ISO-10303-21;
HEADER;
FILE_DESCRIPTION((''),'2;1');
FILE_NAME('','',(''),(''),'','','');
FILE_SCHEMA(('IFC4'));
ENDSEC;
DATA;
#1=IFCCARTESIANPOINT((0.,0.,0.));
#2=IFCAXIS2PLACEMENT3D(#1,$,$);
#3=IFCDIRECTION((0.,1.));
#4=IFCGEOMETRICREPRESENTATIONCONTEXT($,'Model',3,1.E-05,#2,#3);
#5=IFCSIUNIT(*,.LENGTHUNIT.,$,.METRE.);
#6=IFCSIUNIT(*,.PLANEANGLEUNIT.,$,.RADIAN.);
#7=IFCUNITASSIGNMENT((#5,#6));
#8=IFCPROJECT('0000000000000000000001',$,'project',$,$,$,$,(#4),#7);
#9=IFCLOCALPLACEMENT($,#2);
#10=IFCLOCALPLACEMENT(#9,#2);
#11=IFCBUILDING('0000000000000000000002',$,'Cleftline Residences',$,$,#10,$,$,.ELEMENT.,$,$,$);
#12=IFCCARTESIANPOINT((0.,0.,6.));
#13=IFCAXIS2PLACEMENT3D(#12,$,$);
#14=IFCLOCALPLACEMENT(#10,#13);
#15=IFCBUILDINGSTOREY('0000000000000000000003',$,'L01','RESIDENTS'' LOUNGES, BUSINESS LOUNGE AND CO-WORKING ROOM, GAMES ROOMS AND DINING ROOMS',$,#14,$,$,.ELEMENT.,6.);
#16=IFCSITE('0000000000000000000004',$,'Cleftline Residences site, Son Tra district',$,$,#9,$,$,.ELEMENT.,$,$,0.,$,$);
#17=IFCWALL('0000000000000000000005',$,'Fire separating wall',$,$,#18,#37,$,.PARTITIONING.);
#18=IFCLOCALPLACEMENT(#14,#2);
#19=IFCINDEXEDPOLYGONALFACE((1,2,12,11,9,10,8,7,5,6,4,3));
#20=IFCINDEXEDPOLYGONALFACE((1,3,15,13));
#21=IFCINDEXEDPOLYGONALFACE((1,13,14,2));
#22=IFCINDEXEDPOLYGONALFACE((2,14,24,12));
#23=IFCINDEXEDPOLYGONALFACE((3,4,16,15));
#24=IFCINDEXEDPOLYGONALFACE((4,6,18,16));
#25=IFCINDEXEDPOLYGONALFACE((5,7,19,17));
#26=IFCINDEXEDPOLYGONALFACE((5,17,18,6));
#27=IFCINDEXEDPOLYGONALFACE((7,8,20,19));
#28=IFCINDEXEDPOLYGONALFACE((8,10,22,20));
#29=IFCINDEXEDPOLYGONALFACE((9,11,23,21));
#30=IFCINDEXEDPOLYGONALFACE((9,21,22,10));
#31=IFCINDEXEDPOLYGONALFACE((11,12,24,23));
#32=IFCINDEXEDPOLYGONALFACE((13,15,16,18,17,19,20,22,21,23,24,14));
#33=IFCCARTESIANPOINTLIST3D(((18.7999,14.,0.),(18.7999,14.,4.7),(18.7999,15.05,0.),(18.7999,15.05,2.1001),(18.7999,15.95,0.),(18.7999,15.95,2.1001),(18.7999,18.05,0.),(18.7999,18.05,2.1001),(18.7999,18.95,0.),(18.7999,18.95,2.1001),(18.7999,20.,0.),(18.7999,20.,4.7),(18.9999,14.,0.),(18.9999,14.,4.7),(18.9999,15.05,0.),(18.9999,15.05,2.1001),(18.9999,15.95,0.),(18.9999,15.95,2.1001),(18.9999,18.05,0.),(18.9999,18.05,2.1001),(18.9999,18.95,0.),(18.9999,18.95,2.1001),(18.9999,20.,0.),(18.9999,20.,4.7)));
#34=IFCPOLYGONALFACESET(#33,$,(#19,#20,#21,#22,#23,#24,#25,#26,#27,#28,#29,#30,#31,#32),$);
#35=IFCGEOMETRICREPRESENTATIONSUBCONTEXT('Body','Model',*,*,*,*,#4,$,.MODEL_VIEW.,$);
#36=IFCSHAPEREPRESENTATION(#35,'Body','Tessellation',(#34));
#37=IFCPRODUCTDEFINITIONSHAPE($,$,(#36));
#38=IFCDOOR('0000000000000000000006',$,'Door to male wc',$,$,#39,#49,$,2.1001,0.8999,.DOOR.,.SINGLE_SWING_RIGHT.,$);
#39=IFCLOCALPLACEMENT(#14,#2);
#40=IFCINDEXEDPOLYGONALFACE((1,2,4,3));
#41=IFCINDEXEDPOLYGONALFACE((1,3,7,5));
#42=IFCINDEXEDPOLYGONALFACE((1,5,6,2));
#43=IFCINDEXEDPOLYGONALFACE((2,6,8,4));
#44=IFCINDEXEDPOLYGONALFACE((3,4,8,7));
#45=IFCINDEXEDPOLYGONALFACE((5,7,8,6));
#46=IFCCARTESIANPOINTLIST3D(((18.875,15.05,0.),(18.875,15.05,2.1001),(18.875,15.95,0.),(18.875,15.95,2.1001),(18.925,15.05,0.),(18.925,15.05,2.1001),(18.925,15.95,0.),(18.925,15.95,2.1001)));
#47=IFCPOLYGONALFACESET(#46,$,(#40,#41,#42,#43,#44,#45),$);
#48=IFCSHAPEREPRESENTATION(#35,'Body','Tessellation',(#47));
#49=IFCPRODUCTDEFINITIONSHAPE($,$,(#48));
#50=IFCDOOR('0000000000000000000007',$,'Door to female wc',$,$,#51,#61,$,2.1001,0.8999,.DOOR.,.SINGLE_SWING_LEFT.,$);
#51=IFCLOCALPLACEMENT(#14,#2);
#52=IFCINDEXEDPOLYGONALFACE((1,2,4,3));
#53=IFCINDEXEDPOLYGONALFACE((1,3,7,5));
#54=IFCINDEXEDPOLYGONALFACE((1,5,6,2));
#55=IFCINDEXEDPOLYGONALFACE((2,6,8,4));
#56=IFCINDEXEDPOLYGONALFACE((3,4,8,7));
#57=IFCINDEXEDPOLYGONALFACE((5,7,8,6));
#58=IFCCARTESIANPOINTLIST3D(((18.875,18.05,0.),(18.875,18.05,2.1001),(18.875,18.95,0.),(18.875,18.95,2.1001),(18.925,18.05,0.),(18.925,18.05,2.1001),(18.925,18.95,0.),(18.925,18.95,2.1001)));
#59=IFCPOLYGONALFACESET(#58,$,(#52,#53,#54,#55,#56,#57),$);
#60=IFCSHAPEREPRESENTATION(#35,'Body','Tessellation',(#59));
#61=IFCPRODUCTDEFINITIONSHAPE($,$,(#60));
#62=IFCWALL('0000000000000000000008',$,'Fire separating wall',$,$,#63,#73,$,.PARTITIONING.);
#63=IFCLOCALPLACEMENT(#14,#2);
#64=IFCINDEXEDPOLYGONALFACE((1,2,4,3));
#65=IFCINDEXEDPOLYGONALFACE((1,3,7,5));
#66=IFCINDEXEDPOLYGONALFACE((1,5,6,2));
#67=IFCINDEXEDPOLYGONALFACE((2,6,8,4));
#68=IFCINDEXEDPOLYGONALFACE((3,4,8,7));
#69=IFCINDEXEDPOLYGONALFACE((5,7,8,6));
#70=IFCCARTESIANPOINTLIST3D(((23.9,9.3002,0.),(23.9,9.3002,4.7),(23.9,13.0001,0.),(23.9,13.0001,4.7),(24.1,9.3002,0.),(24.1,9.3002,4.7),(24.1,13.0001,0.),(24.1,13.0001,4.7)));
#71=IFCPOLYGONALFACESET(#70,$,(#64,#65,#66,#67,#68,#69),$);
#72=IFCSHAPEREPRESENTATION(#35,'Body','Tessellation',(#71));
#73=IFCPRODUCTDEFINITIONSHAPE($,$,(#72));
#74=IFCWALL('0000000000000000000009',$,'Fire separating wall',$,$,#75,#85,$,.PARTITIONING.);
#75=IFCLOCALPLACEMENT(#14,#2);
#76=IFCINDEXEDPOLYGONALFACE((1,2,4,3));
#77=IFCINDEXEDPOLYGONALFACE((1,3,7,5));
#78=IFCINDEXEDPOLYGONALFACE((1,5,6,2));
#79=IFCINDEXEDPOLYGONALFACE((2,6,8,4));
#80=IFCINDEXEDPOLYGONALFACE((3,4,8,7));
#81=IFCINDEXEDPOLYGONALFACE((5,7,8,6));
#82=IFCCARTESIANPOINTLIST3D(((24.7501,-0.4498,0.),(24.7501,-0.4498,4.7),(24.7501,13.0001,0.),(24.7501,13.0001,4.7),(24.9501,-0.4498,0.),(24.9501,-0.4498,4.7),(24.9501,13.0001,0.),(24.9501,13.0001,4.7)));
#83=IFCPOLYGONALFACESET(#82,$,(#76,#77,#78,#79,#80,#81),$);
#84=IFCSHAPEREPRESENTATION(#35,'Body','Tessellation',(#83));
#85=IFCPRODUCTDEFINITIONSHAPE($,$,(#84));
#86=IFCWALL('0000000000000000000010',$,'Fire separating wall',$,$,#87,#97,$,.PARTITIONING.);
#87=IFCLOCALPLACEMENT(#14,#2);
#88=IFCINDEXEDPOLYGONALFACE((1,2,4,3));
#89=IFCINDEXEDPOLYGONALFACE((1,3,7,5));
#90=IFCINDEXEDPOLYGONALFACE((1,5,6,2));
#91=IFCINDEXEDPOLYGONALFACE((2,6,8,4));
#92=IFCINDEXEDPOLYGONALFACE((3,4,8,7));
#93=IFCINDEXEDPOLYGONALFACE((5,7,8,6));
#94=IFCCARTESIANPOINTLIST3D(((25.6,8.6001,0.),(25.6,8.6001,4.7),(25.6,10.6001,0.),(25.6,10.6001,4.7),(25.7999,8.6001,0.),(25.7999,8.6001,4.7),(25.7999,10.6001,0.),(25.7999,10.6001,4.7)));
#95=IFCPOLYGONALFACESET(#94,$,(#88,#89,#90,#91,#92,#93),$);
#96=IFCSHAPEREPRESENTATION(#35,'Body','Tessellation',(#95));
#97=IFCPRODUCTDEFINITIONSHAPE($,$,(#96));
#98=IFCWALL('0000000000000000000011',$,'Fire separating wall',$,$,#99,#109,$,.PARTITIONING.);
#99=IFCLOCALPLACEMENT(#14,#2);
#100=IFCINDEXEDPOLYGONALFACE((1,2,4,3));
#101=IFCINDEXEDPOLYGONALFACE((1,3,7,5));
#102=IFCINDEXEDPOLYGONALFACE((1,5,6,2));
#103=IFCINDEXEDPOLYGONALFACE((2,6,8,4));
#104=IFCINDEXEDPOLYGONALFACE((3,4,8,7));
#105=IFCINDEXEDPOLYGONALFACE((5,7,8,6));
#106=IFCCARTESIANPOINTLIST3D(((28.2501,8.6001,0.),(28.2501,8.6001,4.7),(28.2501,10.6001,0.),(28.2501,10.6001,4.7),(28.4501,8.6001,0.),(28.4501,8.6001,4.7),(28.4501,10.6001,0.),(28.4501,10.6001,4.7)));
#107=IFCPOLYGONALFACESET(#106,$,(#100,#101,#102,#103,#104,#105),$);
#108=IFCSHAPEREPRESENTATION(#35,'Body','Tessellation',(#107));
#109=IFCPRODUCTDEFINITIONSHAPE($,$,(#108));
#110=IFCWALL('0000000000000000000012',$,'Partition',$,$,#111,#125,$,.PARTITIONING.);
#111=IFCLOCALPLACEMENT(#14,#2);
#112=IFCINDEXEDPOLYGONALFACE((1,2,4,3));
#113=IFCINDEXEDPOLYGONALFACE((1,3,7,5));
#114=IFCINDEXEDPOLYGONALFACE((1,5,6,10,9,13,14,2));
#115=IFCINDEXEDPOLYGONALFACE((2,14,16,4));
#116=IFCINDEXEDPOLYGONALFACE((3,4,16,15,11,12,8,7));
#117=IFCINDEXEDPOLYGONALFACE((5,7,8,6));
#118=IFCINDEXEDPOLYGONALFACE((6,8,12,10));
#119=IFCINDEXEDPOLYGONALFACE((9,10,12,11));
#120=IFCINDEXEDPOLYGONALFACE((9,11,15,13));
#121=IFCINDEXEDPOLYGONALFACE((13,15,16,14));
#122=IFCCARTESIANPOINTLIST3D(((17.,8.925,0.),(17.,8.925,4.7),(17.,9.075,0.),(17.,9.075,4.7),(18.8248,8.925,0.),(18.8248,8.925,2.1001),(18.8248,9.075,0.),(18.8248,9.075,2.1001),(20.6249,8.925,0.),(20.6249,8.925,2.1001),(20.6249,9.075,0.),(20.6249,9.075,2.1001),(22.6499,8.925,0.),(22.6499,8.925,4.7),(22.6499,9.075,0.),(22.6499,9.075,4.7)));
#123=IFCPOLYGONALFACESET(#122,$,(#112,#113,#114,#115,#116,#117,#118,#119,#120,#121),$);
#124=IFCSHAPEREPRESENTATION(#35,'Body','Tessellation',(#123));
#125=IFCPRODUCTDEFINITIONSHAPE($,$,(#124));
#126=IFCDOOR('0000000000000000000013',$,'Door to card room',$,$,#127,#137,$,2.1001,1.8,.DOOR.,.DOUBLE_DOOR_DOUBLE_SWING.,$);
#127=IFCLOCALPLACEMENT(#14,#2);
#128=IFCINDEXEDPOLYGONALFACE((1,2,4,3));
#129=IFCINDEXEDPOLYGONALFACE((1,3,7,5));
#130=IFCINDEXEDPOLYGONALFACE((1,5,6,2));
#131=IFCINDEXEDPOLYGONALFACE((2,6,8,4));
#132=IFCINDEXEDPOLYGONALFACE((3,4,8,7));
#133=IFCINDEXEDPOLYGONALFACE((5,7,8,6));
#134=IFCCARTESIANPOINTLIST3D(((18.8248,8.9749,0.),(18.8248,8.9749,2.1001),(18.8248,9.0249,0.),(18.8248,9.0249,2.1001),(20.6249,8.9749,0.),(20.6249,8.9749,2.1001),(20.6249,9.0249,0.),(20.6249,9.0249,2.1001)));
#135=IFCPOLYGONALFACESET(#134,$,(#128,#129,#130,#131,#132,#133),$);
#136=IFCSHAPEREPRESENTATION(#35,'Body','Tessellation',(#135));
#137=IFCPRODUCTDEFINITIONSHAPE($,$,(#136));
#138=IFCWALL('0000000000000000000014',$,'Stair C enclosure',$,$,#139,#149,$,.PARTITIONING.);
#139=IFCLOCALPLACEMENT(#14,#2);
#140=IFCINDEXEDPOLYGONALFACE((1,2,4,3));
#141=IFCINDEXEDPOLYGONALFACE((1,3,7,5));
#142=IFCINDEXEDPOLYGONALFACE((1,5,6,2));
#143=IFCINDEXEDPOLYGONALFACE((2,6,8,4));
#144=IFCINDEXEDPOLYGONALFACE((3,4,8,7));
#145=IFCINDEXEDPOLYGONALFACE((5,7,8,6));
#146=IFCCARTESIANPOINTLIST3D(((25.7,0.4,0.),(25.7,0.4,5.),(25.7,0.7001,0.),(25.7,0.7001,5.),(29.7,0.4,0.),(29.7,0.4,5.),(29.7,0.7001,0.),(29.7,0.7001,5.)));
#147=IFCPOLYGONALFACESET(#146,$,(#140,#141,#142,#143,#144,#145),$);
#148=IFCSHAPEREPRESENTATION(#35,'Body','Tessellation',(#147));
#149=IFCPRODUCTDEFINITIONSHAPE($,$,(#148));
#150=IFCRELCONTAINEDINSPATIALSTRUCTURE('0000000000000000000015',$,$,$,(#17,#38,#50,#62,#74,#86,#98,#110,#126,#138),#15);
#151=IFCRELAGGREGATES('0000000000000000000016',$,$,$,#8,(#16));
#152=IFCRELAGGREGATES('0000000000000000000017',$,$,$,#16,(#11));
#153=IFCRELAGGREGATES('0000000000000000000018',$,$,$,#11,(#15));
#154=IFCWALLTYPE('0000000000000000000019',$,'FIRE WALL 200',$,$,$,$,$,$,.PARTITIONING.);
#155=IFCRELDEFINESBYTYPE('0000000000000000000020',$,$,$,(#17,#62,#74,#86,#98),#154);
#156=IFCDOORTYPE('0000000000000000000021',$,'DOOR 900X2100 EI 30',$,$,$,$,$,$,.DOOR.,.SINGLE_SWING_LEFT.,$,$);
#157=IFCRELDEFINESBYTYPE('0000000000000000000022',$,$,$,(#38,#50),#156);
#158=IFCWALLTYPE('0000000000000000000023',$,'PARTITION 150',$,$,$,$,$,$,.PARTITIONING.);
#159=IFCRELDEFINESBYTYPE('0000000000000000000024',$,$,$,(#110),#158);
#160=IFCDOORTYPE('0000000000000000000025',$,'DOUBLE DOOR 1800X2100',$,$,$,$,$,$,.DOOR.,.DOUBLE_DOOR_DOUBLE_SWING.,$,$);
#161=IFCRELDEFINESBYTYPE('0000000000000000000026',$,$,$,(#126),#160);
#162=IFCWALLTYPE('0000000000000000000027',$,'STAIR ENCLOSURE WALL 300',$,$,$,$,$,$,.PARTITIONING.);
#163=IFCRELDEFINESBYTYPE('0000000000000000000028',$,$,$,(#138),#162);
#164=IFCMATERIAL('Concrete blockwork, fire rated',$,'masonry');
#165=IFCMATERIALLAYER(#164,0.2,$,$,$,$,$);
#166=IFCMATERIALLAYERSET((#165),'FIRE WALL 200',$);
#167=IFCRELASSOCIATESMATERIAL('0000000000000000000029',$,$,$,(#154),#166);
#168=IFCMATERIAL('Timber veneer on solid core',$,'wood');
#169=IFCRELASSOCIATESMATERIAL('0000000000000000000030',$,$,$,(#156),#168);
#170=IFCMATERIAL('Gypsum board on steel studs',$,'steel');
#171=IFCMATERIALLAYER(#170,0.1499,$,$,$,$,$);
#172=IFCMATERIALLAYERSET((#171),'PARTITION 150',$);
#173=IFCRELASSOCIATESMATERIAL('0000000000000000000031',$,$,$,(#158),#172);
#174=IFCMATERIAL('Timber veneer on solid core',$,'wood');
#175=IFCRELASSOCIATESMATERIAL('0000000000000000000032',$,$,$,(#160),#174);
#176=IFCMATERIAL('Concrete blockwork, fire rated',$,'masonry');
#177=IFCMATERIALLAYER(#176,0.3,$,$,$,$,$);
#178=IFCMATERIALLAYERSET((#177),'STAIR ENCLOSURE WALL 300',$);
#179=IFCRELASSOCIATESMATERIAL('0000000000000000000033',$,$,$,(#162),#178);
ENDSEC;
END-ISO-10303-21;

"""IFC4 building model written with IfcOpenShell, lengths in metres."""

from ifc_helpers import new_model, si_unit, direction, frame, frame_2d, origin, place, context, subcontext, project, spatial, rectangle, extrude, material, layer, layer_set, type_object, element, fill, save


model = new_model("IFC4")

# Units and contexts
model_context = context("Model", 3, precision=1e-05, world=origin(), true_north=direction((0.0, 1.0)))
body_context = subcontext(model_context, "Body", "Model", "MODEL_VIEW")
ifc_project = project(units=[si_unit("LENGTHUNIT", "METRE"), si_unit("PLANEANGLEUNIT", "RADIAN")], contexts=[model_context])

# Site, building, storey
site_placement = place(None, origin())
site = spatial("IfcSite", under=ifc_project, at=site_placement, Name="Cleftline Residences site, Son Tra district", CompositionType="ELEMENT", RefElevation=0.0)
building_placement = place(site_placement, origin())
building = spatial("IfcBuilding", under=site, at=building_placement, Name="Cleftline Residences", CompositionType="ELEMENT")
storey_placement = place(building_placement, frame((0.0, 0.0, 6.0)))
storey = spatial("IfcBuildingStorey", under=building, at=storey_placement, Name="L01", Description="RESIDENTS' LOUNGES, BUSINESS LOUNGE AND CO-WORKING ROOM, GAMES ROOMS AND DINING ROOMS", CompositionType="ELEMENT", Elevation=6.0)

# Shared definitions
ifc_material_1 = material(Name="Concrete blockwork, fire rated", Category="masonry")
ifc_layer_1 = layer(ifc_material_1, 0.2)
ifc_layer_set_1 = layer_set([ifc_layer_1], Name="FIRE WALL 200")
wall_type_1 = type_object("IfcWallType", Name="FIRE WALL 200", PredefinedType="PARTITIONING", material=ifc_layer_set_1)

# Wall, openings, doors
wall_1_placement = place(storey_placement, frame((18.8999, 14.0, 0.0), z_axis=(0.0, 0.0, 1.0), x_axis=(0.0, 1.0, 0.0)))
wall_1 = element("IfcWall", 1, at=wall_1_placement, inside=storey, type_object=wall_type_1, Name="Fire separating wall", PredefinedType="PARTITIONING", context=body_context, shape_type="SweptSolid", body=[
    extrude(rectangle(XDim=6.0, YDim=0.2, at=frame_2d((3.0, 0.0))), origin(), (0.0, 0.0, 1.0), 4.7),
])
opening_1_placement = place(wall_1_placement, frame((1.05, 0.0, 0.0)))
opening_1 = element("IfcOpeningElement", 2, at=opening_1_placement, cuts=wall_1, PredefinedType="OPENING", context=body_context, shape_type="SweptSolid", body=[
    extrude(rectangle(XDim=0.8999, YDim=2.1001, at=frame_2d((0.45, 1.05))), frame((0.0, 0.1099, 0.0), z_axis=(0.0, -1.0, 0.0), x_axis=(1.0, 0.0, 0.0)), (0.0, 0.0, 1.0), 0.22),
])
opening_2_placement = place(wall_1_placement, frame((4.05, 0.0, 0.0)))
opening_2 = element("IfcOpeningElement", 3, at=opening_2_placement, cuts=wall_1, PredefinedType="OPENING", context=body_context, shape_type="SweptSolid", body=[
    extrude(rectangle(XDim=0.8999, YDim=2.1001, at=frame_2d((0.45, 1.05))), frame((0.0, 0.1099, 0.0), z_axis=(0.0, -1.0, 0.0), x_axis=(1.0, 0.0, 0.0)), (0.0, 0.0, 1.0), 0.22),
])
ifc_material_2 = material(Name="Timber veneer on solid core", Category="wood")
door_type_1 = type_object("IfcDoorType", Name="DOOR 900X2100 EI 30", OperationType="SINGLE_SWING_LEFT", PredefinedType="DOOR", material=ifc_material_2)
door_1_placement = place(opening_1_placement, origin())
door_1 = element("IfcDoor", 4, at=door_1_placement, inside=storey, type_object=door_type_1, Name="Door to male wc", OperationType="SINGLE_SWING_RIGHT", OverallHeight=2.1001, OverallWidth=0.8999, PredefinedType="DOOR", context=body_context, shape_type="SweptSolid", body=[
    extrude(rectangle(XDim=0.8999, YDim=2.1001, at=frame_2d((0.45, 1.05))), frame((0.0, 0.0249, 0.0), z_axis=(0.0, -1.0, 0.0), x_axis=(1.0, 0.0, 0.0)), (0.0, 0.0, 1.0), 0.05),
])
fill(opening_1, door_1)
door_2_placement = place(opening_2_placement, origin())
door_2 = element("IfcDoor", 5, at=door_2_placement, inside=storey, type_object=door_type_1, Name="Door to female wc", OperationType="SINGLE_SWING_LEFT", OverallHeight=2.1001, OverallWidth=0.8999, PredefinedType="DOOR", context=body_context, shape_type="SweptSolid", body=[
    extrude(rectangle(XDim=0.8999, YDim=2.1001, at=frame_2d((0.45, 1.05))), frame((0.0, 0.0249, 0.0), z_axis=(0.0, -1.0, 0.0), x_axis=(1.0, 0.0, 0.0)), (0.0, 0.0, 1.0), 0.05),
])
fill(opening_2, door_2)

# Walls
wall_2_placement = place(storey_placement, frame((24.0, 9.3, 0.0), z_axis=(0.0, 0.0, 1.0), x_axis=(0.0, 1.0, 0.0)))
element("IfcWall", 6, at=wall_2_placement, inside=storey, type_object=wall_type_1, Name="Fire separating wall", PredefinedType="PARTITIONING", context=body_context, shape_type="SweptSolid", body=[
    extrude(rectangle(XDim=3.7, YDim=0.2, at=frame_2d((1.8501, 0.0))), origin(), (0.0, 0.0, 1.0), 4.7),
])
wall_3_placement = place(storey_placement, frame((24.8501, -0.45, 0.0), z_axis=(0.0, 0.0, 1.0), x_axis=(0.0, 1.0, 0.0)))
element("IfcWall", 7, at=wall_3_placement, inside=storey, type_object=wall_type_1, Name="Fire separating wall", PredefinedType="PARTITIONING", context=body_context, shape_type="SweptSolid", body=[
    extrude(rectangle(XDim=13.45, YDim=0.2, at=frame_2d((6.7251, 0.0))), origin(), (0.0, 0.0, 1.0), 4.7),
])
for number, where, z_axis, x_axis, name in (
    (8, (25.7, 8.6001, 0.0), (0.0, 0.0, 1.0), (0.0, 1.0, 0.0), "Fire separating wall"),
    (9, (28.3501, 8.6001, 0.0), (0.0, 0.0, 1.0), (0.0, 1.0, 0.0), "Fire separating wall"),
):
    element("IfcWall", number, at=place(storey_placement, frame(where, z_axis=z_axis, x_axis=x_axis)), inside=storey, type_object=wall_type_1, Name=name, PredefinedType="PARTITIONING", context=body_context, shape_type="SweptSolid", body=[
        extrude(rectangle(XDim=2.0, YDim=0.2, at=frame_2d((1.0, 0.0))), origin(), (0.0, 0.0, 1.0), 4.7),
    ])

# Wall, opening, door
ifc_material_3 = material(Name="Gypsum board on steel studs", Category="steel")
ifc_layer_2 = layer(ifc_material_3, 0.1499)
ifc_layer_set_2 = layer_set([ifc_layer_2], Name="PARTITION 150")
wall_type_2 = type_object("IfcWallType", Name="PARTITION 150", PredefinedType="PARTITIONING", material=ifc_layer_set_2)
wall_4_placement = place(storey_placement, frame((17.0, 9.0, 0.0), z_axis=(0.0, 0.0, 1.0), x_axis=(1.0, 0.0, 0.0)))
wall_4 = element("IfcWall", 10, at=wall_4_placement, inside=storey, type_object=wall_type_2, Name="Partition", PredefinedType="PARTITIONING", context=body_context, shape_type="SweptSolid", body=[
    extrude(rectangle(XDim=5.6499, YDim=0.1499, at=frame_2d((2.825, 0.0))), origin(), (0.0, 0.0, 1.0), 4.7),
])
opening_3_placement = place(wall_4_placement, frame((1.825, 0.0, 0.0)))
opening_3 = element("IfcOpeningElement", 11, at=opening_3_placement, cuts=wall_4, PredefinedType="OPENING", context=body_context, shape_type="SweptSolid", body=[
    extrude(rectangle(XDim=1.8, YDim=2.1001, at=frame_2d((0.8999, 1.05))), frame((0.0, 0.085, 0.0), z_axis=(0.0, -1.0, 0.0), x_axis=(1.0, 0.0, 0.0)), (0.0, 0.0, 1.0), 0.1699),
])
ifc_material_4 = material(Name="Timber veneer on solid core", Category="wood")
door_type_2 = type_object("IfcDoorType", Name="DOUBLE DOOR 1800X2100", OperationType="DOUBLE_DOOR_DOUBLE_SWING", PredefinedType="DOOR", material=ifc_material_4)
door_3_placement = place(opening_3_placement, origin())
door_3 = element("IfcDoor", 12, at=door_3_placement, inside=storey, type_object=door_type_2, Name="Door to card room", OperationType="DOUBLE_DOOR_DOUBLE_SWING", OverallHeight=2.1001, OverallWidth=1.8, PredefinedType="DOOR", context=body_context, shape_type="SweptSolid", body=[
    extrude(rectangle(XDim=1.8, YDim=2.1001, at=frame_2d((0.8999, 1.05))), frame((0.0, 0.0249, 0.0), z_axis=(0.0, -1.0, 0.0), x_axis=(1.0, 0.0, 0.0)), (0.0, 0.0, 1.0), 0.05),
])
fill(opening_3, door_3)

# Wall
ifc_material_5 = material(Name="Concrete blockwork, fire rated", Category="masonry")
ifc_layer_3 = layer(ifc_material_5, 0.3)
ifc_layer_set_3 = layer_set([ifc_layer_3], Name="STAIR ENCLOSURE WALL 300")
wall_type_3 = type_object("IfcWallType", Name="STAIR ENCLOSURE WALL 300", PredefinedType="PARTITIONING", material=ifc_layer_set_3)
wall_5_placement = place(storey_placement, frame((25.7, 0.55, 0.0), z_axis=(0.0, 0.0, 1.0), x_axis=(1.0, 0.0, 0.0)))
element("IfcWall", 13, at=wall_5_placement, inside=storey, type_object=wall_type_3, Name="Stair C enclosure", PredefinedType="PARTITIONING", context=body_context, shape_type="SweptSolid", body=[
    extrude(rectangle(XDim=4.0, YDim=0.3, at=frame_2d((2.0, 0.0))), origin(), (0.0, 0.0, 1.0), 5.0),
])

save(model, "model.ifc")
